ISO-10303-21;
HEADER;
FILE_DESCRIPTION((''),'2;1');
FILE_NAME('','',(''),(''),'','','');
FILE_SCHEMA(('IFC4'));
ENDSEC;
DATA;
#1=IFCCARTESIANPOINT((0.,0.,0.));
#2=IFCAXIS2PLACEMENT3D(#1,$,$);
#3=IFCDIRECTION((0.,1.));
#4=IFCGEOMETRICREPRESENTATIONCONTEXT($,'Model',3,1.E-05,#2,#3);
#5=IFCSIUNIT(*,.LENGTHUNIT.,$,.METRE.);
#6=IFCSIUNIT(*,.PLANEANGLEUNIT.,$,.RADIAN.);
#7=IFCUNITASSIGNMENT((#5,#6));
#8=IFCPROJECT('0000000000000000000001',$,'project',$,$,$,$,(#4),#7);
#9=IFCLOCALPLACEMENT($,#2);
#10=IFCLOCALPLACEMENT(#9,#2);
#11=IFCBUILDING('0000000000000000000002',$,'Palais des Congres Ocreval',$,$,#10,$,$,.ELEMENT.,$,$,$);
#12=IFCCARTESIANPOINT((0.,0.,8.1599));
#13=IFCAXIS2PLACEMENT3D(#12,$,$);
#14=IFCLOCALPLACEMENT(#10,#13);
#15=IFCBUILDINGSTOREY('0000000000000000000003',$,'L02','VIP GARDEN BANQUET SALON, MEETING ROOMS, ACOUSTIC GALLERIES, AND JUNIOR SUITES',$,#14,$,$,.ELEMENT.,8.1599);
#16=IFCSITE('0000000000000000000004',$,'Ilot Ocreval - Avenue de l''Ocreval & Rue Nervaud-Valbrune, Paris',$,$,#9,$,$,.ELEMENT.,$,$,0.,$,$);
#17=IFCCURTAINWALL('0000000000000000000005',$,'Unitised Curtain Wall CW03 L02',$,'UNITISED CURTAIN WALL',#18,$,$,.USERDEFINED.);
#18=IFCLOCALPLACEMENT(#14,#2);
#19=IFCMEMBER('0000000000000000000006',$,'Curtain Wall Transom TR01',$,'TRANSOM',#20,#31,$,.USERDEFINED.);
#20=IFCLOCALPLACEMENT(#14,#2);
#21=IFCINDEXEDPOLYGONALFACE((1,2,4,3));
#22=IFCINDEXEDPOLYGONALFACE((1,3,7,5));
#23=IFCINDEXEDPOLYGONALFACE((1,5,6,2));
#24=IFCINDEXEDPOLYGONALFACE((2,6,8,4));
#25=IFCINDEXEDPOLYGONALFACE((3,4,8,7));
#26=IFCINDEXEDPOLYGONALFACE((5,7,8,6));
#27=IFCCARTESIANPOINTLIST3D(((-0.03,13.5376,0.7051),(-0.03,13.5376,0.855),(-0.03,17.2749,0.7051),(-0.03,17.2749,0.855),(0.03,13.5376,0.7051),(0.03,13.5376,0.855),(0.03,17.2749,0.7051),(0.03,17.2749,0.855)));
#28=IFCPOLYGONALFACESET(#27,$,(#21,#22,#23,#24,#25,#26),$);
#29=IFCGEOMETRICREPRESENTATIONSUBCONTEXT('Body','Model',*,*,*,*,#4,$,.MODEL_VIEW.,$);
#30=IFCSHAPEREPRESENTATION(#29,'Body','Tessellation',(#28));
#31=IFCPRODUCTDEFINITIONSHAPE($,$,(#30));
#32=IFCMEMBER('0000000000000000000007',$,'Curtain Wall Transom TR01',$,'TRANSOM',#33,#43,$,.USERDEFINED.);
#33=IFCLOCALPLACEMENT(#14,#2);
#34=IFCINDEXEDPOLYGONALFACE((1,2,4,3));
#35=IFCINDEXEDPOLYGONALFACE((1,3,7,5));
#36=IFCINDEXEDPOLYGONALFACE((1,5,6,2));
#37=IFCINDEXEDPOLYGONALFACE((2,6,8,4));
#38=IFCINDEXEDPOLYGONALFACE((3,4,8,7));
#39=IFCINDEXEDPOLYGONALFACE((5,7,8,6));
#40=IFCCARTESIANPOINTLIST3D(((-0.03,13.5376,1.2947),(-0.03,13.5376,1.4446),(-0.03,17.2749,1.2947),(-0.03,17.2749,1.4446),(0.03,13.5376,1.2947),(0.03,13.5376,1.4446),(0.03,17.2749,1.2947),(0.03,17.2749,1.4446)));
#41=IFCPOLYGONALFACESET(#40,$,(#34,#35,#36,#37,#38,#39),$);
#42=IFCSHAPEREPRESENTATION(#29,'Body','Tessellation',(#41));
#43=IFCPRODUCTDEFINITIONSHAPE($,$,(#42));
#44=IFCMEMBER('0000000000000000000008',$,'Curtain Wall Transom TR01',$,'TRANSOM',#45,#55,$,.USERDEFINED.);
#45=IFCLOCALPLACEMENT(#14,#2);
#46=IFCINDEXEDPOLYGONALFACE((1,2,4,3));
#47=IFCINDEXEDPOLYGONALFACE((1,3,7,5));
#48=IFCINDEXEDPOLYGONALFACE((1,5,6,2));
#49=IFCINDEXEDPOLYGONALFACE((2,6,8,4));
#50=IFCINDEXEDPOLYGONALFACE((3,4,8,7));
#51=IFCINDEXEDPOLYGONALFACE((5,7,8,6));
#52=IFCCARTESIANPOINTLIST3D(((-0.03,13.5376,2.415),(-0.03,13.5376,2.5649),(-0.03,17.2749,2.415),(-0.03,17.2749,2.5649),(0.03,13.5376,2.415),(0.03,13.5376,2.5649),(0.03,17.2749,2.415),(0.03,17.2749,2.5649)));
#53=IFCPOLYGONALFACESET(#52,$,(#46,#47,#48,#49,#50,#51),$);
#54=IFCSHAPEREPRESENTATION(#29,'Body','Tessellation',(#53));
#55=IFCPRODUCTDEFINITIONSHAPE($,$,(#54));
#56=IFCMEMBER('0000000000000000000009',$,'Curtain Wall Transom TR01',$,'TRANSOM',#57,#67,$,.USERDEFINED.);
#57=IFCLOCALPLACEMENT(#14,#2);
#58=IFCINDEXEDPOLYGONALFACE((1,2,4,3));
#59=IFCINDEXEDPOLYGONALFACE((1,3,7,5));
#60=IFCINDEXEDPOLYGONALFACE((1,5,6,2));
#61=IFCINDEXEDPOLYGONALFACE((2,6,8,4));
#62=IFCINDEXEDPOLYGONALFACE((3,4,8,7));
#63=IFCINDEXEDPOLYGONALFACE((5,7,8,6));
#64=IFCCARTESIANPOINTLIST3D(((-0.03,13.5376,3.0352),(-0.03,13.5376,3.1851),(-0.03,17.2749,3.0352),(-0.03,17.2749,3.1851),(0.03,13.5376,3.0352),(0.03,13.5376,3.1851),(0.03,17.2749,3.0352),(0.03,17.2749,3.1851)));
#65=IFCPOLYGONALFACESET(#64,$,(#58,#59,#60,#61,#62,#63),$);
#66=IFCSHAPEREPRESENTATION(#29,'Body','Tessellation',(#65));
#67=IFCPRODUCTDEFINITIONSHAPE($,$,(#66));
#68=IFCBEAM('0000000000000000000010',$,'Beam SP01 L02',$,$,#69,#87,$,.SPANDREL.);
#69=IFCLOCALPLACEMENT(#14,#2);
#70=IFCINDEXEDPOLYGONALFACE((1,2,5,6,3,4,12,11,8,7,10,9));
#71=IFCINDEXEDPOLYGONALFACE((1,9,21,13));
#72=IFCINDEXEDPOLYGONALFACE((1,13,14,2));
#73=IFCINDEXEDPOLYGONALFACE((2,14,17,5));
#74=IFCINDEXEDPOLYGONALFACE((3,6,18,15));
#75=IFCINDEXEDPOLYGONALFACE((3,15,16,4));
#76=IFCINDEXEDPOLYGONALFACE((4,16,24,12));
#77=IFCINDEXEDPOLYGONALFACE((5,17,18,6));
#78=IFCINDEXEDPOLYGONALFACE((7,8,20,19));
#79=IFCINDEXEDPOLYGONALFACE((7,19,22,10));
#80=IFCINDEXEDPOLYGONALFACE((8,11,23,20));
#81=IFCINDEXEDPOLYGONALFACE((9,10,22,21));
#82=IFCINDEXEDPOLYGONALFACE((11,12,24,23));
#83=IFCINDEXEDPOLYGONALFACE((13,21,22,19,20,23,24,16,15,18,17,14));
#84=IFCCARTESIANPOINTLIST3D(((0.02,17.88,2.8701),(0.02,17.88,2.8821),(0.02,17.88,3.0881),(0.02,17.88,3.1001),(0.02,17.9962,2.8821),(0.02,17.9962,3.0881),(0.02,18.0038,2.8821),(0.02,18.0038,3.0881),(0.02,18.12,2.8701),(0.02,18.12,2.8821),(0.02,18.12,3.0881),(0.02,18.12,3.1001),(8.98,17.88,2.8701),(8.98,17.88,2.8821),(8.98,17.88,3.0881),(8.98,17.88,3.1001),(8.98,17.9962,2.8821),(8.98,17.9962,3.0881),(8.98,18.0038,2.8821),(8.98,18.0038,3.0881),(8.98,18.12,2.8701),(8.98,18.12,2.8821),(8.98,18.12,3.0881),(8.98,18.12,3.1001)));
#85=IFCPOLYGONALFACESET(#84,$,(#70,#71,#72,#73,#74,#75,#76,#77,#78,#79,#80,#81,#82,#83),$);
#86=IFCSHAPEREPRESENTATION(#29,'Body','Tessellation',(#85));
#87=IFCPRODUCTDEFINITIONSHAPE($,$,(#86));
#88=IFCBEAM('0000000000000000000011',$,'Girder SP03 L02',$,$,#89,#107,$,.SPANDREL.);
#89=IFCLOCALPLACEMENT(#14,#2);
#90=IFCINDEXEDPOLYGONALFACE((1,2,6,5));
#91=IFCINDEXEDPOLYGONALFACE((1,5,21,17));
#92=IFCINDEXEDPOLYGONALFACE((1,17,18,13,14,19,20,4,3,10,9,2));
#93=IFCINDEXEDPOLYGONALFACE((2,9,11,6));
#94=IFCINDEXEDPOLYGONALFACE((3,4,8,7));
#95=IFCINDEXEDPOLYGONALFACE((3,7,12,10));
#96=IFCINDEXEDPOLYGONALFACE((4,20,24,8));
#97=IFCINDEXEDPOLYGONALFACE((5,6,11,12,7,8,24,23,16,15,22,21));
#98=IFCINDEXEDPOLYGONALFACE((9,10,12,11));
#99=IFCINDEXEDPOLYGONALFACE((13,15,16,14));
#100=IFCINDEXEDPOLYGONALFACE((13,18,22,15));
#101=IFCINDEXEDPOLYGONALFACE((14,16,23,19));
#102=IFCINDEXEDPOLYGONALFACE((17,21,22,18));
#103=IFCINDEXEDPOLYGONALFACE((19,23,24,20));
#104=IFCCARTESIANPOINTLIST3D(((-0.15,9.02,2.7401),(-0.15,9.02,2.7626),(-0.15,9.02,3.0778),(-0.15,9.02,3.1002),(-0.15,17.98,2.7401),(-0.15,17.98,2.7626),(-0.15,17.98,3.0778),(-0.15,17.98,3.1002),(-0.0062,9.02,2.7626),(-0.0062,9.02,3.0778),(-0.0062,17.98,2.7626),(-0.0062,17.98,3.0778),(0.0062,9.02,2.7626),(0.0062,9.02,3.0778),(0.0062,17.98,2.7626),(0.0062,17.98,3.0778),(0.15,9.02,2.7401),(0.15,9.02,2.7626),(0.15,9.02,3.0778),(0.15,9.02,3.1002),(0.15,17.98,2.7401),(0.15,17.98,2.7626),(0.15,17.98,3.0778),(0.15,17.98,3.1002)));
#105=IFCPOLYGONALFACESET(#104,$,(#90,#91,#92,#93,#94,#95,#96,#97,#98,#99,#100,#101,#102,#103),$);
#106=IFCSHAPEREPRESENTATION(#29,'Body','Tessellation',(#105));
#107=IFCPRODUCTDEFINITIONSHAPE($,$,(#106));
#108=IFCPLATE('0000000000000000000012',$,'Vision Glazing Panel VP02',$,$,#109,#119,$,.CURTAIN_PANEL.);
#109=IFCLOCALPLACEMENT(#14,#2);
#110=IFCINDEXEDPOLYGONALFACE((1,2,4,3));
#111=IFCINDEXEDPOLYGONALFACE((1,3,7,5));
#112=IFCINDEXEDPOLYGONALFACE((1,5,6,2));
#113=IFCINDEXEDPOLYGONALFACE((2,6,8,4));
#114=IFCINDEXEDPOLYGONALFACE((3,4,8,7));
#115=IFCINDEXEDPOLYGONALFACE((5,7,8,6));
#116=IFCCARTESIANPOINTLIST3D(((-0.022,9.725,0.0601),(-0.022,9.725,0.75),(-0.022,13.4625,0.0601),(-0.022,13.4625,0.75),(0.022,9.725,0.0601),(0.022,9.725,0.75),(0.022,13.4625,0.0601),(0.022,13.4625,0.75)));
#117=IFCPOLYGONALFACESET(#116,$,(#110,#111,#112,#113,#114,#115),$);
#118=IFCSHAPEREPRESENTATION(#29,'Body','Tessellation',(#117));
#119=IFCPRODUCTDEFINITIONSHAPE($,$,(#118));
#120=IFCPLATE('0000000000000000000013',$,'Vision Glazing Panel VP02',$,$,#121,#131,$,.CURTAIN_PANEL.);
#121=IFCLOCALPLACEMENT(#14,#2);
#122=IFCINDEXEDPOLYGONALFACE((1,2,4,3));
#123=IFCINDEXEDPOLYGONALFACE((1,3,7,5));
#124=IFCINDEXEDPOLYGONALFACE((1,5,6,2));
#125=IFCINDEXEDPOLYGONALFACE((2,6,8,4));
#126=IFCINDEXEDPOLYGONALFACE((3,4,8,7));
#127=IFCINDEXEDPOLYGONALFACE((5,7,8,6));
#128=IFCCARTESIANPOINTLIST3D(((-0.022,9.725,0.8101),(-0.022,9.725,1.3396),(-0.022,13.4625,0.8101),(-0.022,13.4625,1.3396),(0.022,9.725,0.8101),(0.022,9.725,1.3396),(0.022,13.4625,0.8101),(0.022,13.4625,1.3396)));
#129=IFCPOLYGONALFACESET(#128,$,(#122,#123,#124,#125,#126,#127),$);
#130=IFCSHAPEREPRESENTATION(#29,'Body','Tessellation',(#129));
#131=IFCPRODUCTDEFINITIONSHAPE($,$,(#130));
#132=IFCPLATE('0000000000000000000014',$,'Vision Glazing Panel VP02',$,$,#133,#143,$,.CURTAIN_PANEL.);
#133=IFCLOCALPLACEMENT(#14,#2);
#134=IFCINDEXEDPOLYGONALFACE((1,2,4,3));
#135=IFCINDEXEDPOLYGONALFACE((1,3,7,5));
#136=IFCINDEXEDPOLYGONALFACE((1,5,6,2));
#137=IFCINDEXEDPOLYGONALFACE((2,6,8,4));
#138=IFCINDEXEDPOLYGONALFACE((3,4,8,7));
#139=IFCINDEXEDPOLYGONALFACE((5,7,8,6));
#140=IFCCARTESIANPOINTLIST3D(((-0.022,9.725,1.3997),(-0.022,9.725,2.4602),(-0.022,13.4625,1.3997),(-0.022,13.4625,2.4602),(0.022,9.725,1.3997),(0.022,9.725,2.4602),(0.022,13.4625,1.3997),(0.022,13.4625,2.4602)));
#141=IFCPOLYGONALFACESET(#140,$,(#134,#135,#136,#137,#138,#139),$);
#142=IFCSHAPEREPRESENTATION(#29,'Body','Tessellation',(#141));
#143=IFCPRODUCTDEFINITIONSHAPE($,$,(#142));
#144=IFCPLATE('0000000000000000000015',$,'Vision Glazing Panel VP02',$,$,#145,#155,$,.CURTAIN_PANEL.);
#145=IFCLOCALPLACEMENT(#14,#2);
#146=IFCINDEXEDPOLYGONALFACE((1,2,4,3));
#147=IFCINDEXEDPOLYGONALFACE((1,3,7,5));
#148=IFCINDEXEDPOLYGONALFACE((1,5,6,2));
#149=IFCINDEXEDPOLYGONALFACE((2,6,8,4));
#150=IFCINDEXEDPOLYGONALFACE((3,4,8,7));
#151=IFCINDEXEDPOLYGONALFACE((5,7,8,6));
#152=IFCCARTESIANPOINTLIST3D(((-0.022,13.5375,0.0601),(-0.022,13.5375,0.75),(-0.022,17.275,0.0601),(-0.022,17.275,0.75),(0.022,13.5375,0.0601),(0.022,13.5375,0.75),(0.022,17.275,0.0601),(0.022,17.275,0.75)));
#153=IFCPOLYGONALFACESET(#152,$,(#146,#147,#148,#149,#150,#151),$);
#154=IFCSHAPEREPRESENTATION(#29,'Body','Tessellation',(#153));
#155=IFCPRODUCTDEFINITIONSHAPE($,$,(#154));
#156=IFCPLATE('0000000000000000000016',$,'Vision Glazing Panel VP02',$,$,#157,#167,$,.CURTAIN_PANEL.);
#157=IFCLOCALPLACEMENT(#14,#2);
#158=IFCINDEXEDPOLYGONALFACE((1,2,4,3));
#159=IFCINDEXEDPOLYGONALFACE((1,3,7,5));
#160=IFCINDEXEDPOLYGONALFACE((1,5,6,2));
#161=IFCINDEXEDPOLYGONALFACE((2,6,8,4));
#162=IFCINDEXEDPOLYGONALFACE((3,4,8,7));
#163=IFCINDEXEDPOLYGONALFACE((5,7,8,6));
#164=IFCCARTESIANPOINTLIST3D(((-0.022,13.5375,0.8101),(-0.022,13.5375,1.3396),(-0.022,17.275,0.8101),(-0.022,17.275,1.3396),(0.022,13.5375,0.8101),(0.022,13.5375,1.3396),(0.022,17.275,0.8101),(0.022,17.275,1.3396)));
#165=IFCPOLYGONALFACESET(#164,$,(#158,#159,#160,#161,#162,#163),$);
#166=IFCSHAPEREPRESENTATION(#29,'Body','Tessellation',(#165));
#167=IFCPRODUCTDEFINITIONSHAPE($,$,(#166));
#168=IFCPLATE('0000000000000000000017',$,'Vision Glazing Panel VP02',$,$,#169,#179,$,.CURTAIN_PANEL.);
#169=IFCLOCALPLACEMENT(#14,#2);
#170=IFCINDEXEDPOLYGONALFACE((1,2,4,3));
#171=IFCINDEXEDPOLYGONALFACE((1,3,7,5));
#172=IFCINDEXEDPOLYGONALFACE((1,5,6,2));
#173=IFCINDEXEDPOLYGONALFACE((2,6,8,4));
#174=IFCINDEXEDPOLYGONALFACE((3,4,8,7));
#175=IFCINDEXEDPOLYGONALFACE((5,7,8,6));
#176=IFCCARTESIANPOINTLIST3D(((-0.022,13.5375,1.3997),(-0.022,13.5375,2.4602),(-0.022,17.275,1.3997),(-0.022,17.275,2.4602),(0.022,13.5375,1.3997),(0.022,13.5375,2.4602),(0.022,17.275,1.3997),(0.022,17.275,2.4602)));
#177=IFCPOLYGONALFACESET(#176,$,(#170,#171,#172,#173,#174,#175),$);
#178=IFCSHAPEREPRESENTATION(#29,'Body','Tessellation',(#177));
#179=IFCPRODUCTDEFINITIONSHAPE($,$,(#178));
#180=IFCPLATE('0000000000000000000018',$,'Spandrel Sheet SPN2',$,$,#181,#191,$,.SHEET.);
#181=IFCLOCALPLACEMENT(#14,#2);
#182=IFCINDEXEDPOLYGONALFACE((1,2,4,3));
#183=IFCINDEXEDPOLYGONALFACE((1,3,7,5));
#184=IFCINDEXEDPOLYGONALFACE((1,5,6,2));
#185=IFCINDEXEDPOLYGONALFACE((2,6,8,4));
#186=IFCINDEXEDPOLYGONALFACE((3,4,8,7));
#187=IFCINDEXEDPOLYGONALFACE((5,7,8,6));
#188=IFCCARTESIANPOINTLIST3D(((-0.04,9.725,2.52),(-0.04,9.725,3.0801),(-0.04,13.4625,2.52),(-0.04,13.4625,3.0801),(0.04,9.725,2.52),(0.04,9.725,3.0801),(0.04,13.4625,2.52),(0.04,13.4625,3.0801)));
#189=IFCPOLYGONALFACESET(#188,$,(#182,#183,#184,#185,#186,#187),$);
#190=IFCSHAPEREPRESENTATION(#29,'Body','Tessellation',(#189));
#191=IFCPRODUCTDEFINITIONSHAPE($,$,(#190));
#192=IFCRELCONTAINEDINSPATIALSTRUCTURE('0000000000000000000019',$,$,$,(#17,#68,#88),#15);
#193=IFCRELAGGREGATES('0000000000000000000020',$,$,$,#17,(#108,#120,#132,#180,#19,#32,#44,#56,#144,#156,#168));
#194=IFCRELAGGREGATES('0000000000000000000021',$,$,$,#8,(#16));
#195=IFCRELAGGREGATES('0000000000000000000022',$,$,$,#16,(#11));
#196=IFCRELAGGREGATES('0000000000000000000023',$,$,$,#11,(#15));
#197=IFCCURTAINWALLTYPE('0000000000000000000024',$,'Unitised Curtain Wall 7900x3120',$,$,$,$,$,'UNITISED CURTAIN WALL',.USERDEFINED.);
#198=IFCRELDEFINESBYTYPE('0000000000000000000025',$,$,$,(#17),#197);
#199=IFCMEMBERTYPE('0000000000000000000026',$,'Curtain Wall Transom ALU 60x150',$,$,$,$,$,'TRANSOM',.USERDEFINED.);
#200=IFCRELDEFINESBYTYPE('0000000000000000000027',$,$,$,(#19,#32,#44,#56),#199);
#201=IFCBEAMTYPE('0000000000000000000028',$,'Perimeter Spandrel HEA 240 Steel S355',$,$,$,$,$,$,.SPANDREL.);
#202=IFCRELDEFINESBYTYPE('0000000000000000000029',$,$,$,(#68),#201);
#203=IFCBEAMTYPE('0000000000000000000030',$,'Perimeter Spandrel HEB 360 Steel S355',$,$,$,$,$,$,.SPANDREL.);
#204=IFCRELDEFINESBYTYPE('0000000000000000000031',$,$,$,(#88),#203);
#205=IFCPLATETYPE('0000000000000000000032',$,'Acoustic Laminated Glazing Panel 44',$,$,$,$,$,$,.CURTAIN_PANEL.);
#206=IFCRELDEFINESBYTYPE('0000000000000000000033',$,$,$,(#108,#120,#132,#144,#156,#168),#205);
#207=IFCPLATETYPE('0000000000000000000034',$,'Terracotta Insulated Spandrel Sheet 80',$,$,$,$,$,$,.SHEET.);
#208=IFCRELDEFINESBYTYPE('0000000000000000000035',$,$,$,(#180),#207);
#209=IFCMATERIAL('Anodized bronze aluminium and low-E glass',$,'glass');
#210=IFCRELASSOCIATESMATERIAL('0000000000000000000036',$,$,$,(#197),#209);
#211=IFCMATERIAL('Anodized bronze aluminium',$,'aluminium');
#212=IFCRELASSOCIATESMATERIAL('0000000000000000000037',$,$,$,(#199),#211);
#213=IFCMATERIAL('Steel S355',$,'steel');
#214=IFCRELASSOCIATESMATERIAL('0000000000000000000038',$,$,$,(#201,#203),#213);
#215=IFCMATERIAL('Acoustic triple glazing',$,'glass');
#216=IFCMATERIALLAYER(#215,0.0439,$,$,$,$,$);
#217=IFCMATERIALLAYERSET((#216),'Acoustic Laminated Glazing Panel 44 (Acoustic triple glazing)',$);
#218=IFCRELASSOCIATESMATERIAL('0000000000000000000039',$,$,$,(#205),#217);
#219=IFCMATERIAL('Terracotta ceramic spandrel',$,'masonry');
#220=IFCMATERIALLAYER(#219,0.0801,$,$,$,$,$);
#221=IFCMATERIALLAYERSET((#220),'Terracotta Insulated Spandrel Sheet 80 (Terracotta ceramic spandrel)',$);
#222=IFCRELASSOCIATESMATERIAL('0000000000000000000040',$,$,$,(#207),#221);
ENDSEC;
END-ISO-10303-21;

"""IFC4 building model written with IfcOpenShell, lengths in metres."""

from ifc_helpers import new_model, si_unit, direction, frame, origin, origin_2d, place, context, subcontext, project, spatial, rectangle, i_section, extrude, material, layer, layer_set, material_profile, profile_set, type_object, element, aggregate, save


model = new_model("IFC4")

# Units and contexts
model_context = context("Model", 3, precision=1e-05, world=origin(), true_north=direction((0.0, 1.0)))
body_context = subcontext(model_context, "Body", "Model", "MODEL_VIEW")
ifc_project = project(units=[si_unit("LENGTHUNIT", "METRE"), si_unit("PLANEANGLEUNIT", "RADIAN")], contexts=[model_context])

# Site, building, storey
site_placement = place(None, origin())
site = spatial("IfcSite", under=ifc_project, at=site_placement, Name="Ilot Ocreval - Avenue de l'Ocreval & Rue Nervaud-Valbrune, Paris", CompositionType="ELEMENT", RefElevation=0.0)
building_placement = place(site_placement, origin())
building = spatial("IfcBuilding", under=site, at=building_placement, Name="Palais des Congres Ocreval", CompositionType="ELEMENT")
storey_placement = place(building_placement, frame((0.0, 0.0, 8.1599)))
storey = spatial("IfcBuildingStorey", under=building, at=storey_placement, Name="L02", Description="VIP GARDEN BANQUET SALON, MEETING ROOMS, ACOUSTIC GALLERIES, AND JUNIOR SUITES", CompositionType="ELEMENT", Elevation=8.1599)

# Shared definitions
ifc_material_1 = material(Name="Steel S355", Category="steel")

# Curtain wall, members
ifc_material_2 = material(Name="Anodized bronze aluminium and low-E glass", Category="glass")
curtain_wall_type = type_object("IfcCurtainWallType", Name="Unitised Curtain Wall 7900x3120", ElementType="UNITISED CURTAIN WALL", PredefinedType="USERDEFINED", material=ifc_material_2)
curtain_wall_placement = place(storey_placement, origin())
curtain_wall = element("IfcCurtainWall", 1, at=curtain_wall_placement, inside=storey, type_object=curtain_wall_type, Name="Unitised Curtain Wall CW03 L02", ObjectType="UNITISED CURTAIN WALL", PredefinedType="USERDEFINED")
ifc_material_3 = material(Name="Anodized bronze aluminium", Category="aluminium")
ifc_material_profile_1 = material_profile(ifc_material_3, rectangle(XDim=0.0601, YDim=0.1499, at=origin_2d()), Name="ALU 60x150")
ifc_profile_set_1 = profile_set([ifc_material_profile_1], Name="Anodized bronze aluminium")
member_type_1 = type_object("IfcMemberType", Name="Curtain Wall Transom ALU 60x150", ElementType="TRANSOM", PredefinedType="USERDEFINED", material=ifc_profile_set_1)
member_1_placement = place(storey_placement, frame((0.0, 13.5376, 0.78), z_axis=(0.0, 1.0, 0.0), x_axis=(-1.0, 0.0, 0.0)))
member_1 = element("IfcMember", 2, at=member_1_placement, type_object=member_type_1, Name="Curtain Wall Transom TR01", ObjectType="TRANSOM", PredefinedType="USERDEFINED", context=body_context, shape_type="SweptSolid", body=[
    extrude(rectangle(XDim=0.0601, YDim=0.1499, at=origin_2d()), origin(), (0.0, 0.0, 1.0), 3.7373),
])
member_2_placement = place(storey_placement, frame((0.0, 13.5376, 1.3696), z_axis=(0.0, 1.0, 0.0), x_axis=(-1.0, 0.0, 0.0)))
member_2 = element("IfcMember", 3, at=member_2_placement, type_object=member_type_1, Name="Curtain Wall Transom TR01", ObjectType="TRANSOM", PredefinedType="USERDEFINED", context=body_context, shape_type="SweptSolid", body=[
    extrude(rectangle(XDim=0.0601, YDim=0.1499, at=origin_2d()), origin(), (0.0, 0.0, 1.0), 3.7373),
])
member_3_placement = place(storey_placement, frame((0.0, 13.5376, 2.49), z_axis=(0.0, 1.0, 0.0), x_axis=(-1.0, 0.0, 0.0)))
member_3 = element("IfcMember", 4, at=member_3_placement, type_object=member_type_1, Name="Curtain Wall Transom TR01", ObjectType="TRANSOM", PredefinedType="USERDEFINED", context=body_context, shape_type="SweptSolid", body=[
    extrude(rectangle(XDim=0.0601, YDim=0.1499, at=origin_2d()), origin(), (0.0, 0.0, 1.0), 3.7373),
])
member_4_placement = place(storey_placement, frame((0.0, 13.5376, 3.1101), z_axis=(0.0, 1.0, 0.0), x_axis=(-1.0, 0.0, 0.0)))
member_4 = element("IfcMember", 5, at=member_4_placement, type_object=member_type_1, Name="Curtain Wall Transom TR01", ObjectType="TRANSOM", PredefinedType="USERDEFINED", context=body_context, shape_type="SweptSolid", body=[
    extrude(rectangle(XDim=0.0601, YDim=0.1499, at=origin_2d()), origin(), (0.0, 0.0, 1.0), 3.7373),
])

# Beams
ifc_material_profile_2 = material_profile(ifc_material_1, i_section(OverallWidth=0.24, OverallDepth=0.23, WebThickness=0.0076, FlangeThickness=0.012, at=origin_2d()), Name="HEA 240")
ifc_profile_set_2 = profile_set([ifc_material_profile_2], Name="Steel S355")
beam_type_1 = type_object("IfcBeamType", Name="Perimeter Spandrel HEA 240 Steel S355", PredefinedType="SPANDREL", material=ifc_profile_set_2)
beam_1_placement = place(storey_placement, frame((0.02, 18.0, 2.9851), z_axis=(1.0, 0.0, 0.0), x_axis=(0.0, 1.0, 0.0)))
element("IfcBeam", 6, at=beam_1_placement, inside=storey, type_object=beam_type_1, Name="Beam SP01 L02", PredefinedType="SPANDREL", context=body_context, shape_type="SweptSolid", body=[
    extrude(i_section(OverallWidth=0.24, OverallDepth=0.23, WebThickness=0.0076, FlangeThickness=0.012, at=origin_2d()), origin(), (0.0, 0.0, 1.0), 8.96),
])
ifc_material_profile_3 = material_profile(ifc_material_1, i_section(OverallWidth=0.3, OverallDepth=0.3601, WebThickness=0.0125, FlangeThickness=0.0225, at=origin_2d()), Name="HEB 360")
ifc_profile_set_3 = profile_set([ifc_material_profile_3], Name="Steel S355")
beam_type_2 = type_object("IfcBeamType", Name="Perimeter Spandrel HEB 360 Steel S355", PredefinedType="SPANDREL", material=ifc_profile_set_3)
beam_2_placement = place(storey_placement, frame((0.0, 9.02, 2.9202), z_axis=(0.0, 1.0, 0.0), x_axis=(-1.0, 0.0, 0.0)))
element("IfcBeam", 7, at=beam_2_placement, inside=storey, type_object=beam_type_2, Name="Girder SP03 L02", PredefinedType="SPANDREL", context=body_context, shape_type="SweptSolid", body=[
    extrude(i_section(OverallWidth=0.3, OverallDepth=0.3601, WebThickness=0.0125, FlangeThickness=0.0225, at=origin_2d()), origin(), (0.0, 0.0, 1.0), 8.96),
])

# Plates
ifc_material_4 = material(Name="Acoustic triple glazing", Category="glass")
ifc_layer_1 = layer(ifc_material_4, 0.0439)
ifc_layer_set_1 = layer_set([ifc_layer_1], Name="Acoustic Laminated Glazing Panel 44 (Acoustic triple glazing)")
plate_type_1 = type_object("IfcPlateType", Name="Acoustic Laminated Glazing Panel 44", PredefinedType="CURTAIN_PANEL", material=ifc_layer_set_1)
plate_1_placement = place(storey_placement, frame((0.0, 11.5938, 0.0601), z_axis=(0.0, 0.0, 1.0), x_axis=(0.0, 1.0, 0.0)))
plate_1 = element("IfcPlate", 8, at=plate_1_placement, type_object=plate_type_1, Name="Vision Glazing Panel VP02", PredefinedType="CURTAIN_PANEL", context=body_context, shape_type="SweptSolid", body=[
    extrude(rectangle(XDim=3.7375, YDim=0.0439, at=origin_2d()), origin(), (0.0, 0.0, 1.0), 0.6899),
])
plate_2_placement = place(storey_placement, frame((0.0, 11.5938, 0.8101), z_axis=(0.0, 0.0, 1.0), x_axis=(0.0, 1.0, 0.0)))
plate_2 = element("IfcPlate", 9, at=plate_2_placement, type_object=plate_type_1, Name="Vision Glazing Panel VP02", PredefinedType="CURTAIN_PANEL", context=body_context, shape_type="SweptSolid", body=[
    extrude(rectangle(XDim=3.7375, YDim=0.0439, at=origin_2d()), origin(), (0.0, 0.0, 1.0), 0.5295),
])
plate_3_placement = place(storey_placement, frame((0.0, 11.5938, 1.3997), z_axis=(0.0, 0.0, 1.0), x_axis=(0.0, 1.0, 0.0)))
plate_3 = element("IfcPlate", 10, at=plate_3_placement, type_object=plate_type_1, Name="Vision Glazing Panel VP02", PredefinedType="CURTAIN_PANEL", context=body_context, shape_type="SweptSolid", body=[
    extrude(rectangle(XDim=3.7375, YDim=0.0439, at=origin_2d()), origin(), (0.0, 0.0, 1.0), 1.0605),
])
plate_4_placement = place(storey_placement, frame((0.0, 15.4062, 0.0601), z_axis=(0.0, 0.0, 1.0), x_axis=(0.0, 1.0, 0.0)))
plate_4 = element("IfcPlate", 11, at=plate_4_placement, type_object=plate_type_1, Name="Vision Glazing Panel VP02", PredefinedType="CURTAIN_PANEL", context=body_context, shape_type="SweptSolid", body=[
    extrude(rectangle(XDim=3.7375, YDim=0.0439, at=origin_2d()), origin(), (0.0, 0.0, 1.0), 0.6899),
])
plate_5_placement = place(storey_placement, frame((0.0, 15.4062, 0.8101), z_axis=(0.0, 0.0, 1.0), x_axis=(0.0, 1.0, 0.0)))
plate_5 = element("IfcPlate", 12, at=plate_5_placement, type_object=plate_type_1, Name="Vision Glazing Panel VP02", PredefinedType="CURTAIN_PANEL", context=body_context, shape_type="SweptSolid", body=[
    extrude(rectangle(XDim=3.7375, YDim=0.0439, at=origin_2d()), origin(), (0.0, 0.0, 1.0), 0.5295),
])
plate_6_placement = place(storey_placement, frame((0.0, 15.4062, 1.3997), z_axis=(0.0, 0.0, 1.0), x_axis=(0.0, 1.0, 0.0)))
plate_6 = element("IfcPlate", 13, at=plate_6_placement, type_object=plate_type_1, Name="Vision Glazing Panel VP02", PredefinedType="CURTAIN_PANEL", context=body_context, shape_type="SweptSolid", body=[
    extrude(rectangle(XDim=3.7375, YDim=0.0439, at=origin_2d()), origin(), (0.0, 0.0, 1.0), 1.0605),
])
ifc_material_5 = material(Name="Terracotta ceramic spandrel", Category="masonry")
ifc_layer_2 = layer(ifc_material_5, 0.0801)
ifc_layer_set_2 = layer_set([ifc_layer_2], Name="Terracotta Insulated Spandrel Sheet 80 (Terracotta ceramic spandrel)")
plate_type_2 = type_object("IfcPlateType", Name="Terracotta Insulated Spandrel Sheet 80", PredefinedType="SHEET", material=ifc_layer_set_2)
plate_7_placement = place(storey_placement, frame((0.0, 11.5938, 2.52), z_axis=(0.0, 0.0, 1.0), x_axis=(0.0, 1.0, 0.0)))
plate_7 = element("IfcPlate", 14, at=plate_7_placement, type_object=plate_type_2, Name="Spandrel Sheet SPN2", PredefinedType="SHEET", context=body_context, shape_type="SweptSolid", body=[
    extrude(rectangle(XDim=3.7375, YDim=0.0801, at=origin_2d()), origin(), (0.0, 0.0, 1.0), 0.5601),
])
aggregate(curtain_wall, [plate_1, plate_2, plate_3, plate_7, member_1, member_2, member_3, member_4, plate_4, plate_5, plate_6])

save(model, "model.ifc")
